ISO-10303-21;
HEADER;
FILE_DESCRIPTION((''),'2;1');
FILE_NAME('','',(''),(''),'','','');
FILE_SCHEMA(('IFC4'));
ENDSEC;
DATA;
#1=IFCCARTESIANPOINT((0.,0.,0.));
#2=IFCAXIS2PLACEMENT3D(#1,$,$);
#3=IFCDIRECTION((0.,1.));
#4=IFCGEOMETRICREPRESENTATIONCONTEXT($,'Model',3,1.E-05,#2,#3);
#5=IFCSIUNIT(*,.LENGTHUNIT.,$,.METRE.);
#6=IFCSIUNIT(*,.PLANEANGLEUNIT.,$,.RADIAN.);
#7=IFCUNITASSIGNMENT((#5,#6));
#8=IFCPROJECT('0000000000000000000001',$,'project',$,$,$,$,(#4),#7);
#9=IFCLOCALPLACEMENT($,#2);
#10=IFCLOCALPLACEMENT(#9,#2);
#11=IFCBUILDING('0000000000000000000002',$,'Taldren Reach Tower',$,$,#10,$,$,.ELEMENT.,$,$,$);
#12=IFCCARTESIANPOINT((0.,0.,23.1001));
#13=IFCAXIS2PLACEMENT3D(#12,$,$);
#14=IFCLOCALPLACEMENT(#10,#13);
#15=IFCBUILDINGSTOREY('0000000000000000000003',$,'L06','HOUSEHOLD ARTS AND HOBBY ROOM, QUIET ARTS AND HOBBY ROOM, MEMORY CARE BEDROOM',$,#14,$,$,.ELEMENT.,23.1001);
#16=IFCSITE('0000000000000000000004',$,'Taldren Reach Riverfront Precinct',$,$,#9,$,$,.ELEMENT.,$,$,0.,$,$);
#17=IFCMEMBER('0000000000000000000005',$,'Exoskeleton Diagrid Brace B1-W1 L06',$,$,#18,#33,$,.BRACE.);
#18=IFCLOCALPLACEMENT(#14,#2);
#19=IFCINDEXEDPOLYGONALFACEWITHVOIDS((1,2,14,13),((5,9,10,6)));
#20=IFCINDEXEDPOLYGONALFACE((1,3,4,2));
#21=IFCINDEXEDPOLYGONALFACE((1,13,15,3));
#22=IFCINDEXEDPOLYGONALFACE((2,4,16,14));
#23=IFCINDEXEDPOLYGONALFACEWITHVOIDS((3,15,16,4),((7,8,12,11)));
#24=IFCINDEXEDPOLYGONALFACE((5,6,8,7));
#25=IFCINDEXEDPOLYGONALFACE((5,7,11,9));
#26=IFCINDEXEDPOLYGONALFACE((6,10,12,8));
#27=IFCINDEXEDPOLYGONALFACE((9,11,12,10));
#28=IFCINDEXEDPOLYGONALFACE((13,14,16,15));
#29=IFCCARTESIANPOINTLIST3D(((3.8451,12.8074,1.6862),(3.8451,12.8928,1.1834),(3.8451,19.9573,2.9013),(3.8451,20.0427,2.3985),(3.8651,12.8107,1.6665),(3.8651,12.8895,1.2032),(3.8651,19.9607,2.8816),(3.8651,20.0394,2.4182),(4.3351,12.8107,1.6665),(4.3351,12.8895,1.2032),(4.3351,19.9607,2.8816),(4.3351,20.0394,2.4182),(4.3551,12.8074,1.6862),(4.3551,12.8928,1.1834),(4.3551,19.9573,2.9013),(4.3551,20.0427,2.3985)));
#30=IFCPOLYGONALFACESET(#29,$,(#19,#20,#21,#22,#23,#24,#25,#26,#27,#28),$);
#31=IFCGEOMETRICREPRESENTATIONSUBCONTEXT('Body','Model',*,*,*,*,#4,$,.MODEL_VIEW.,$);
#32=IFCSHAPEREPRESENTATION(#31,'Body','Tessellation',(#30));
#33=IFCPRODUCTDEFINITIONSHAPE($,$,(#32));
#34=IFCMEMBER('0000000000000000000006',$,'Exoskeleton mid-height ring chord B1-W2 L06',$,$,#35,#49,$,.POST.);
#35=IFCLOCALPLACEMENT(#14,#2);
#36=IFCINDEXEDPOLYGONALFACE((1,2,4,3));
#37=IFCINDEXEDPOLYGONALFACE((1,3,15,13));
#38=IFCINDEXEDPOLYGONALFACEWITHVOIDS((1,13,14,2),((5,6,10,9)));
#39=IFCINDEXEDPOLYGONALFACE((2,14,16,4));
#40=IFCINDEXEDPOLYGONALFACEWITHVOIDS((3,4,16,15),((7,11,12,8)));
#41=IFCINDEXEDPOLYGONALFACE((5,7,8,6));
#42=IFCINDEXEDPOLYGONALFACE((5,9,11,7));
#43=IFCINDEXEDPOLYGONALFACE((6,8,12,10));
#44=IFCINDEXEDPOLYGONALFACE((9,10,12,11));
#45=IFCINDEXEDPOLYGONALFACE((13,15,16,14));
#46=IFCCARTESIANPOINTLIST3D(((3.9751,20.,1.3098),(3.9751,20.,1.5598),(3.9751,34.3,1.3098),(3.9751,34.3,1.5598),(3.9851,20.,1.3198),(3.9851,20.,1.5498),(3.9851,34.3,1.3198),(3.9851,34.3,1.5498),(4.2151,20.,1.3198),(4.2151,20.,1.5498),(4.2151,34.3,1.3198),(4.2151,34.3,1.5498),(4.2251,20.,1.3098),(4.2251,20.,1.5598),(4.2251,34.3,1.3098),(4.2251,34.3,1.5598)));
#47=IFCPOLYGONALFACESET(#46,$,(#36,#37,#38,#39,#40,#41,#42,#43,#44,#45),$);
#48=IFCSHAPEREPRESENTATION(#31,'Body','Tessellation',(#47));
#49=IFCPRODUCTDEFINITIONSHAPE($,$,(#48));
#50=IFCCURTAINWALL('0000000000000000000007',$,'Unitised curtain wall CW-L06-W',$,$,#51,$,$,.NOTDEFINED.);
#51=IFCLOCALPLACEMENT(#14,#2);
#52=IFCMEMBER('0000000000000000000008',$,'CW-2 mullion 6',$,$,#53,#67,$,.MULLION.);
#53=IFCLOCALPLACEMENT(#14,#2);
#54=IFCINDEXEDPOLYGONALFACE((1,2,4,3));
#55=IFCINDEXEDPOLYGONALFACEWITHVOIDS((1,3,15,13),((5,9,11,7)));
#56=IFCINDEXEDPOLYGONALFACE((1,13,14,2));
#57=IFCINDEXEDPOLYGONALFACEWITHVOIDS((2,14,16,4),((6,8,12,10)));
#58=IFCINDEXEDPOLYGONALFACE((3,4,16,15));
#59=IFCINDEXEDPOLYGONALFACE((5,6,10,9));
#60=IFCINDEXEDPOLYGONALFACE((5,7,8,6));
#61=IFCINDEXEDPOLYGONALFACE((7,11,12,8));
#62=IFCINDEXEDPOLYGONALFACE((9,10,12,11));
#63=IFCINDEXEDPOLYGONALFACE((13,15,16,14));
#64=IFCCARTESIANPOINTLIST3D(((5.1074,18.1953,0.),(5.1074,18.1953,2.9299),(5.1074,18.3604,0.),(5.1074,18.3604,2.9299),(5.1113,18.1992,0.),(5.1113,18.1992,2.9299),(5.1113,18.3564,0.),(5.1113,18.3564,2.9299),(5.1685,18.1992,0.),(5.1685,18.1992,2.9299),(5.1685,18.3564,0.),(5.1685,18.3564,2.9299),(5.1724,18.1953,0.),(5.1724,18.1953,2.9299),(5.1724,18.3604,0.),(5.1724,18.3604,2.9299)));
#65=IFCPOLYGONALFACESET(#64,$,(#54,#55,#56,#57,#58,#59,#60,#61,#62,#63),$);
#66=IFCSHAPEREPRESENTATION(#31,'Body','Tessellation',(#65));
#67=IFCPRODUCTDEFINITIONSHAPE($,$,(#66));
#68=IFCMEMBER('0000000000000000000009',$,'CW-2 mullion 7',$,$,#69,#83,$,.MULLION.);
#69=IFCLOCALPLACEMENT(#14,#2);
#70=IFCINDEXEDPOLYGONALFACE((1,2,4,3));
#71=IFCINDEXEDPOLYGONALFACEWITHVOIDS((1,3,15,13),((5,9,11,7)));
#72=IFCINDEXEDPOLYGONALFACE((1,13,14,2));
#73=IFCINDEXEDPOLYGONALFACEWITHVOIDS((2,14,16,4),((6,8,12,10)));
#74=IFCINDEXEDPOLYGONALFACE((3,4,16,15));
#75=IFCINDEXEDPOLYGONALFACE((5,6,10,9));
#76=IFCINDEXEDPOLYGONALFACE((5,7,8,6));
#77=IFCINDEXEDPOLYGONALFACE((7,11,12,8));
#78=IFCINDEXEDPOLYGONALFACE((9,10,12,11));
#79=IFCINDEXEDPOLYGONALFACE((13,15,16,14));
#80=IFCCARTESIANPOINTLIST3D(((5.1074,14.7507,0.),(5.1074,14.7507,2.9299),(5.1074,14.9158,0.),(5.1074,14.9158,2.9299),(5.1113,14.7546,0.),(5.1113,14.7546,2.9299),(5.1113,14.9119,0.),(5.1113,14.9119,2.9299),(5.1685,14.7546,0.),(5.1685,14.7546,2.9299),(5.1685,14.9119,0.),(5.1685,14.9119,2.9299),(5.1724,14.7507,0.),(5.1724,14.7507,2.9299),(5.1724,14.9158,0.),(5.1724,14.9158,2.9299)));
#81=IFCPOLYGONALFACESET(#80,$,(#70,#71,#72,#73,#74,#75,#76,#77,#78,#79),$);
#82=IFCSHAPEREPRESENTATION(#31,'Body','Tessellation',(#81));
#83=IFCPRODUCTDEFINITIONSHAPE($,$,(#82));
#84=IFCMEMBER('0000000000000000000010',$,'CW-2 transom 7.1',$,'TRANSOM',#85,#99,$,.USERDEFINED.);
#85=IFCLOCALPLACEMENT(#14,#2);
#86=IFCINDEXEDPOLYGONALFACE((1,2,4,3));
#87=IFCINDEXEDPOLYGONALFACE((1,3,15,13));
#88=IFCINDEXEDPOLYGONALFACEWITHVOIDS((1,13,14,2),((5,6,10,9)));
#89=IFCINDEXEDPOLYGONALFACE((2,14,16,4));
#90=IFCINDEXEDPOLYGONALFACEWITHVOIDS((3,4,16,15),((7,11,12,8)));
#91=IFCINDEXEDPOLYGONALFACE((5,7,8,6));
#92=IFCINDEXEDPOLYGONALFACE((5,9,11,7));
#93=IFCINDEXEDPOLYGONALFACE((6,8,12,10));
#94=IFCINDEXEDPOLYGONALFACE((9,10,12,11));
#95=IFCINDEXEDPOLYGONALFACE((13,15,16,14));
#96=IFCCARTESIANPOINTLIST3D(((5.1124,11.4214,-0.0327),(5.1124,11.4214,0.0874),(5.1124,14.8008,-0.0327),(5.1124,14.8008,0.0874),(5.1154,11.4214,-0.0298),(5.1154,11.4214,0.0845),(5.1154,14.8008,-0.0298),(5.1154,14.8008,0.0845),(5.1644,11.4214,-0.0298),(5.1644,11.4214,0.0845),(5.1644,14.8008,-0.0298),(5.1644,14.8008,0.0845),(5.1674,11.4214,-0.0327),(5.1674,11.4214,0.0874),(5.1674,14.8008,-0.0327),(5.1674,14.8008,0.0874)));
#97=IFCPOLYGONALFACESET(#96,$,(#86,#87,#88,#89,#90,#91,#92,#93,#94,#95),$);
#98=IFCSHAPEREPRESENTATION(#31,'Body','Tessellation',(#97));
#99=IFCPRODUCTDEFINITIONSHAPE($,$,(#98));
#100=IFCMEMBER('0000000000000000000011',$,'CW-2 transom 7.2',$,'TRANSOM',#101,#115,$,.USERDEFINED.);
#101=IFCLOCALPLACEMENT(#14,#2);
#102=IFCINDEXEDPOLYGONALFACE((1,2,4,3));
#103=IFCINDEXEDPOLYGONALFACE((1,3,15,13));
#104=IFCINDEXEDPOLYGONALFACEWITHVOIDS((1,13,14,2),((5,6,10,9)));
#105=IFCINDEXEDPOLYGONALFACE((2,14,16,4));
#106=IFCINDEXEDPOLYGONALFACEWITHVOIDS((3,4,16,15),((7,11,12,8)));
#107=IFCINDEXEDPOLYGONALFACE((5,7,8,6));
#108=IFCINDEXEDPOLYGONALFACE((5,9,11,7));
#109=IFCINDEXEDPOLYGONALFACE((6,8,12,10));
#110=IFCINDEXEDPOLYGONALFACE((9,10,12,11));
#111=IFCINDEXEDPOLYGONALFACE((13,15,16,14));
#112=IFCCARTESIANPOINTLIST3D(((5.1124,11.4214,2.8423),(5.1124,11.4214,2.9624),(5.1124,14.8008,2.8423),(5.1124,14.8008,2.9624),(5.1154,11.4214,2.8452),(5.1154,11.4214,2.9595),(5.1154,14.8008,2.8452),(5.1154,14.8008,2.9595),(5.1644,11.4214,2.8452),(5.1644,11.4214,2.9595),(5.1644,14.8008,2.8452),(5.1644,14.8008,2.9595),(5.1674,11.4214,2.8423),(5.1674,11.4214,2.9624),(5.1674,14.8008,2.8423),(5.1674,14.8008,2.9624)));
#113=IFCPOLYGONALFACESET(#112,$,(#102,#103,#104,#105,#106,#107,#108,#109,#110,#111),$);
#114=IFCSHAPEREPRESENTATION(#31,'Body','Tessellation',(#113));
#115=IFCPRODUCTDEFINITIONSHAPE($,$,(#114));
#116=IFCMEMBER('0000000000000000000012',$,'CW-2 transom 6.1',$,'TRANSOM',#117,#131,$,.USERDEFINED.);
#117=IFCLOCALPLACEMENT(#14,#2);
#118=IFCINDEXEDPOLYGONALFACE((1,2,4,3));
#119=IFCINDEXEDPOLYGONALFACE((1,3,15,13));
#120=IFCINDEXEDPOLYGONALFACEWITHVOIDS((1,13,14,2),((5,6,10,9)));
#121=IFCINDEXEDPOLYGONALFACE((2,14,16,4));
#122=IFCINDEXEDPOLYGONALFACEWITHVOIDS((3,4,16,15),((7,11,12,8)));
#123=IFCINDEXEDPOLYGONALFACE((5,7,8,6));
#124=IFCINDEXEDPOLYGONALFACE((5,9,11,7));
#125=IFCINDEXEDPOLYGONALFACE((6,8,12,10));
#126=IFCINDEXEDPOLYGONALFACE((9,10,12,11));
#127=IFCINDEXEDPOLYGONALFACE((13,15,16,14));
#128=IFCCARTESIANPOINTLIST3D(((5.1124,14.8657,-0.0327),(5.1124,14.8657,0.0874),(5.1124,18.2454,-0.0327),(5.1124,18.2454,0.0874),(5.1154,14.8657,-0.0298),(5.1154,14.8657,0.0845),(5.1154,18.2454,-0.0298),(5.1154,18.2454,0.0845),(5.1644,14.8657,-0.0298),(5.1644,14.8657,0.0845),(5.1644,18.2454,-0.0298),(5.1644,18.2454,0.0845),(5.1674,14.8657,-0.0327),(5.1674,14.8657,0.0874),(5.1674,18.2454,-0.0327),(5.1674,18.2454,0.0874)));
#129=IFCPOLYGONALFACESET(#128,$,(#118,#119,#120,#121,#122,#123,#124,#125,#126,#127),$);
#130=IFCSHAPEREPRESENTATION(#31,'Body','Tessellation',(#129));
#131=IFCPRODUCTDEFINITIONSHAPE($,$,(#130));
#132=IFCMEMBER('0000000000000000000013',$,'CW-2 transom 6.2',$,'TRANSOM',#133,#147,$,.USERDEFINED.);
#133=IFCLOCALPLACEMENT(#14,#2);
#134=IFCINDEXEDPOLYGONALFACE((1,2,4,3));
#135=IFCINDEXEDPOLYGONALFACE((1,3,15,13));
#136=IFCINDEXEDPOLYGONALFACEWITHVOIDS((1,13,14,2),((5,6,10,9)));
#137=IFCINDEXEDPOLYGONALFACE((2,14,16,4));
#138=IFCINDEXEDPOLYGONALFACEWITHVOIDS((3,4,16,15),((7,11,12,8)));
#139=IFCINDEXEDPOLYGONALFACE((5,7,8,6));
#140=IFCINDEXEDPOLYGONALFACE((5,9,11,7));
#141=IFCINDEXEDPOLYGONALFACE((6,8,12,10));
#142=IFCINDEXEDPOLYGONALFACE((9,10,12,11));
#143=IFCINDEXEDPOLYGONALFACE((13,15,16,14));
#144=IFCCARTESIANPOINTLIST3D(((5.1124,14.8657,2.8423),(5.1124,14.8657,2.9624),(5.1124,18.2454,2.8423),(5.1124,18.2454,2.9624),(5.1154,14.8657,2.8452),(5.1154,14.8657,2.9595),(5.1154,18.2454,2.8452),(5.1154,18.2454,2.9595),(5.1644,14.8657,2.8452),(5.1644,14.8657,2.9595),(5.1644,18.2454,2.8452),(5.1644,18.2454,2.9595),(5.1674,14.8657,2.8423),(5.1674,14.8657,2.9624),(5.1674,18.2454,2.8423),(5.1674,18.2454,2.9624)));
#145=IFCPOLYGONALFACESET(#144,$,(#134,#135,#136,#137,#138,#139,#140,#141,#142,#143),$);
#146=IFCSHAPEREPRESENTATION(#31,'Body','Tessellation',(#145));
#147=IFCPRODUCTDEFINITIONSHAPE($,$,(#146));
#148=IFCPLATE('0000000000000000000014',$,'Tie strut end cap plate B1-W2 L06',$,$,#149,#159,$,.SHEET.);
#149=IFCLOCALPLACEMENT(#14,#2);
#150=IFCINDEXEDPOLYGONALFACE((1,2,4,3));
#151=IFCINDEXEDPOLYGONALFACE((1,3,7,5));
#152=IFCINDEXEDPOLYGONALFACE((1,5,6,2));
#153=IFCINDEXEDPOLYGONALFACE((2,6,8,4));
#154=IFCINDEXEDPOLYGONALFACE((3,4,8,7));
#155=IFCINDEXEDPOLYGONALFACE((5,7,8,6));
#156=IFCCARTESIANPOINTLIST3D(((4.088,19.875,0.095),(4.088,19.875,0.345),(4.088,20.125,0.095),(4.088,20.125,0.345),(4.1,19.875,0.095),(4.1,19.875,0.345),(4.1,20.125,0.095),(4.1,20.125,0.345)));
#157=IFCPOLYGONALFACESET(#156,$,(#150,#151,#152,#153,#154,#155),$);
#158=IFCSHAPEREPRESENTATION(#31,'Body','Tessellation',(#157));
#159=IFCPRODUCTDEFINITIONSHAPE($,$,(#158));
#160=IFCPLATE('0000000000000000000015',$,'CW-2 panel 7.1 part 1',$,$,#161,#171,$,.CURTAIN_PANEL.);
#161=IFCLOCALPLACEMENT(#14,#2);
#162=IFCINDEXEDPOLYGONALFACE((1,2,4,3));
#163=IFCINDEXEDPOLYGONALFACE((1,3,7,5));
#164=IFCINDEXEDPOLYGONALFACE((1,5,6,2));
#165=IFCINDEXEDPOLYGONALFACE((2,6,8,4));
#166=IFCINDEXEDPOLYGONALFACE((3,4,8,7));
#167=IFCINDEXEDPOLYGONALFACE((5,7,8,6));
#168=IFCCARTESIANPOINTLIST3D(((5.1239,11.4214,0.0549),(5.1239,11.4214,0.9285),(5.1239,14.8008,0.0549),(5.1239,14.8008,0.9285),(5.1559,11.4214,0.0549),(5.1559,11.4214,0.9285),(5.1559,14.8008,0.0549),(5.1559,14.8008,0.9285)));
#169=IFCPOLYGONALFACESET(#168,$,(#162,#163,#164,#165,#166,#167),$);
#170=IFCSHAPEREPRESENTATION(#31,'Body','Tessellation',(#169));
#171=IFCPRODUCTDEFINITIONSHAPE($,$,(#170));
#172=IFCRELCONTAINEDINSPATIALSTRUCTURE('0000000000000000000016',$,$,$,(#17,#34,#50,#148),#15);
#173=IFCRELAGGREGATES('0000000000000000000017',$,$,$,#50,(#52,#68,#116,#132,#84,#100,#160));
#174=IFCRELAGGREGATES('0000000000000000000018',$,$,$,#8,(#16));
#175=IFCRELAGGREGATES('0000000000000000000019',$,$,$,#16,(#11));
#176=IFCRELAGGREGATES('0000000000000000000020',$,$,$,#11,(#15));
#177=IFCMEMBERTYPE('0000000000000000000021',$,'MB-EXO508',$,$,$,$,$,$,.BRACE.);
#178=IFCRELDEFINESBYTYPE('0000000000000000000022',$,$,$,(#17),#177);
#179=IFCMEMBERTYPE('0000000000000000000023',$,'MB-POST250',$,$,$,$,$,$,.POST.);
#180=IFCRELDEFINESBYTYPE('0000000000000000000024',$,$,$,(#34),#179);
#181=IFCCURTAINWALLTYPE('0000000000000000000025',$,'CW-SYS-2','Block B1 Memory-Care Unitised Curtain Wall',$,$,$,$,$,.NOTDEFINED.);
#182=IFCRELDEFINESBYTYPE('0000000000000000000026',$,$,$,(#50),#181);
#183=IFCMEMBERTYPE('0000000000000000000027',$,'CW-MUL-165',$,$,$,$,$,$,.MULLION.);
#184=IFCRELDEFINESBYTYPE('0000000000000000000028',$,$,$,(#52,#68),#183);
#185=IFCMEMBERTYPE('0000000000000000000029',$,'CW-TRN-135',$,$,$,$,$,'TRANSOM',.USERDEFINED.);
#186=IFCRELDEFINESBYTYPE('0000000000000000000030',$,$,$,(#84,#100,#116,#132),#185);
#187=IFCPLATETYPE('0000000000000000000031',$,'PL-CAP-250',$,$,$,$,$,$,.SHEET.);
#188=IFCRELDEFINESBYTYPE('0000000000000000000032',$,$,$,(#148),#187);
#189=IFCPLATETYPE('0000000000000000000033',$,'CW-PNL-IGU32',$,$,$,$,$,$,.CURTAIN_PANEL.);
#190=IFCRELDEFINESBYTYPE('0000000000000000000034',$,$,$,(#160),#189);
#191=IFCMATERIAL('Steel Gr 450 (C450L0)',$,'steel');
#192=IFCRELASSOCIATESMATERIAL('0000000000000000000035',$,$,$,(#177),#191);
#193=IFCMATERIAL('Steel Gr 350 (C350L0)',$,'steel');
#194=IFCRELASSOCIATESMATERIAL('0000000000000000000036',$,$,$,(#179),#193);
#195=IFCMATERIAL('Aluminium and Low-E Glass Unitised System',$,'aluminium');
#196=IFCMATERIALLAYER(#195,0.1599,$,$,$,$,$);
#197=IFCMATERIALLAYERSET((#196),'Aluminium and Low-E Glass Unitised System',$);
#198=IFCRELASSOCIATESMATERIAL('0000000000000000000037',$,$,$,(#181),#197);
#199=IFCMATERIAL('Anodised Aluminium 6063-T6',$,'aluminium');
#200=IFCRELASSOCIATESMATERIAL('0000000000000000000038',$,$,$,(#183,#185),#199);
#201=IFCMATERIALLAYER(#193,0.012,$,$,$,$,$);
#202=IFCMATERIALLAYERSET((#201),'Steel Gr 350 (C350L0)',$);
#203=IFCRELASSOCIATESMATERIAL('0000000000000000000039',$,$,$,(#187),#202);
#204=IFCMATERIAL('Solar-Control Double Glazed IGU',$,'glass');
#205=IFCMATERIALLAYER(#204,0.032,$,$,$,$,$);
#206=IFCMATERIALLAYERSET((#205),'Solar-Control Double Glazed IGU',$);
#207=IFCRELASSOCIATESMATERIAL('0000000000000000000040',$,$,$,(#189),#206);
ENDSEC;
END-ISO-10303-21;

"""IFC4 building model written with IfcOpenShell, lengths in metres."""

from ifc_helpers import new_model, si_unit, direction, frame, origin, origin_2d, place, context, subcontext, project, spatial, rectangle, hollow_rectangle, extrude, source, transform, mapped, material, layer, layer_set, material_profile, profile_set, type_object, element, aggregate, save


model = new_model("IFC4")

# Units and contexts
model_context = context("Model", 3, precision=1e-05, world=origin(), true_north=direction((0.0, 1.0)))
body_context = subcontext(model_context, "Body", "Model", "MODEL_VIEW")
ifc_project = project(units=[si_unit("LENGTHUNIT", "METRE"), si_unit("PLANEANGLEUNIT", "RADIAN")], contexts=[model_context])

# Site, building, storey
site_placement = place(None, origin())
site = spatial("IfcSite", under=ifc_project, at=site_placement, Name="Taldren Reach Riverfront Precinct", CompositionType="ELEMENT", RefElevation=0.0)
building_placement = place(site_placement, origin())
building = spatial("IfcBuilding", under=site, at=building_placement, Name="Taldren Reach Tower", CompositionType="ELEMENT")
storey_placement = place(building_placement, frame((0.0, 0.0, 23.1001)))
storey = spatial("IfcBuildingStorey", under=building, at=storey_placement, Name="L06", Description="HOUSEHOLD ARTS AND HOBBY ROOM, QUIET ARTS AND HOBBY ROOM, MEMORY CARE BEDROOM", CompositionType="ELEMENT", Elevation=23.1001)

# Members
ifc_material_1 = material(Name="Steel Gr 450 (C450L0)", Category="steel")
ifc_material_profile_1 = material_profile(ifc_material_1, hollow_rectangle(XDim=0.51, YDim=0.51, WallThickness=0.02, at=origin_2d()), Name="510x510x20.0SHS")
ifc_profile_set_1 = profile_set([ifc_material_profile_1], Name="Steel Gr 450 (C450L0)")
member_type_1 = type_object("IfcMemberType", Name="MB-EXO508", PredefinedType="BRACE", material=ifc_profile_set_1)
shared_shape_1 = source(origin(), body_context, "Body", "SweptSolid", [
    extrude(hollow_rectangle(XDim=0.51, YDim=0.51, WallThickness=0.02, at=origin_2d()), origin(), (0.0, 0.0, 1.0), 7.2524),
])
member_1_placement = place(storey_placement, frame((4.1001, 12.8501, 1.4348), z_axis=(0.0, 0.985865, 0.167542), x_axis=(-1.0, 0.0, 0.0)))
element("IfcMember", 1, at=member_1_placement, inside=storey, type_object=member_type_1, Name="Exoskeleton Diagrid Brace B1-W1 L06", PredefinedType="BRACE", context=body_context, shape_type="MappedRepresentation", body=[
    mapped(shared_shape_1, transform((0.0, 0.0, 0.0), scale=1.0)),
])
ifc_material_2 = material(Name="Steel Gr 350 (C350L0)", Category="steel")
ifc_material_profile_2 = material_profile(ifc_material_2, hollow_rectangle(XDim=0.25, YDim=0.25, WallThickness=0.01, at=origin_2d()), Name="250x250x10.0SHS")
ifc_profile_set_2 = profile_set([ifc_material_profile_2], Name="Steel Gr 350 (C350L0)")
member_type_2 = type_object("IfcMemberType", Name="MB-POST250", PredefinedType="POST", material=ifc_profile_set_2)
shared_shape_2 = source(origin(), body_context, "Body", "SweptSolid", [
    extrude(hollow_rectangle(XDim=0.25, YDim=0.25, WallThickness=0.01, at=origin_2d()), origin(), (0.0, 0.0, 1.0), 14.3),
])
member_2_placement = place(storey_placement, frame((4.1001, 20.0, 1.4348), z_axis=(0.0, 1.0, 0.0), x_axis=(-1.0, 0.0, 0.0)))
element("IfcMember", 2, at=member_2_placement, inside=storey, type_object=member_type_2, Name="Exoskeleton mid-height ring chord B1-W2 L06", PredefinedType="POST", context=body_context, shape_type="MappedRepresentation", body=[
    mapped(shared_shape_2, transform((0.0, 0.0, 0.0), scale=1.0)),
])

# Curtain wall, members
ifc_material_3 = material(Name="Aluminium and Low-E Glass Unitised System", Category="aluminium")
ifc_layer_1 = layer(ifc_material_3, 0.1599)
ifc_layer_set_1 = layer_set([ifc_layer_1], Name="Aluminium and Low-E Glass Unitised System")
curtain_wall_type = type_object("IfcCurtainWallType", Name="CW-SYS-2", Description="Block B1 Memory-Care Unitised Curtain Wall", PredefinedType="NOTDEFINED", material=ifc_layer_set_1)
curtain_wall_placement = place(storey_placement, origin())
curtain_wall = element("IfcCurtainWall", 3, at=curtain_wall_placement, inside=storey, type_object=curtain_wall_type, Name="Unitised curtain wall CW-L06-W", PredefinedType="NOTDEFINED")
ifc_material_4 = material(Name="Anodised Aluminium 6063-T6", Category="aluminium")
ifc_material_profile_3 = material_profile(ifc_material_4, hollow_rectangle(XDim=0.0649, YDim=0.165, WallThickness=0.0039, at=origin_2d()), Name="ALU-165x65x4RHS")
ifc_profile_set_3 = profile_set([ifc_material_profile_3], Name="Anodised Aluminium 6063-T6")
member_type_3 = type_object("IfcMemberType", Name="CW-MUL-165", PredefinedType="MULLION", material=ifc_profile_set_3)
shared_shape_3 = source(origin(), body_context, "Body", "SweptSolid", [
    extrude(hollow_rectangle(XDim=0.0649, YDim=0.165, WallThickness=0.0039, at=origin_2d()), origin(), (0.0, 0.0, 1.0), 2.9299),
])
member_3_placement = place(storey_placement, frame((5.1399, 18.2778, 0.0), z_axis=(0.0, 0.0, 1.0), x_axis=(1.0, 0.0, 0.0)))
member_3 = element("IfcMember", 4, at=member_3_placement, type_object=member_type_3, Name="CW-2 mullion 6", PredefinedType="MULLION", context=body_context, shape_type="MappedRepresentation", body=[
    mapped(shared_shape_3, transform((0.0, 0.0, 0.0), scale=1.0)),
])
member_4_placement = place(storey_placement, frame((5.1399, 14.8333, 0.0), z_axis=(0.0, 0.0, 1.0), x_axis=(1.0, 0.0, 0.0)))
member_4 = element("IfcMember", 5, at=member_4_placement, type_object=member_type_3, Name="CW-2 mullion 7", PredefinedType="MULLION", context=body_context, shape_type="MappedRepresentation", body=[
    mapped(shared_shape_3, transform((0.0, 0.0, 0.0), scale=1.0)),
])
ifc_material_profile_4 = material_profile(ifc_material_4, hollow_rectangle(XDim=0.0549, YDim=0.1201, WallThickness=0.0029, at=origin_2d()), Name="ALU-120x55x3RHS")
ifc_profile_set_4 = profile_set([ifc_material_profile_4], Name="Anodised Aluminium 6063-T6")
member_type_4 = type_object("IfcMemberType", Name="CW-TRN-135", ElementType="TRANSOM", PredefinedType="USERDEFINED", material=ifc_profile_set_4)
shared_shape_4 = source(origin(), body_context, "Body", "SweptSolid", [
    extrude(hollow_rectangle(XDim=0.0549, YDim=0.1201, WallThickness=0.0029, at=origin_2d()), origin(), (0.0, 0.0, 1.0), 3.3794),
])
member_5_placement = place(storey_placement, frame((5.1399, 14.8008, 0.0273), z_axis=(0.0, -1.0, 0.0), x_axis=(1.0, 0.0, 0.0)))
member_5 = element("IfcMember", 6, at=member_5_placement, type_object=member_type_4, Name="CW-2 transom 7.1", ObjectType="TRANSOM", PredefinedType="USERDEFINED", context=body_context, shape_type="MappedRepresentation", body=[
    mapped(shared_shape_4, transform((0.0, 0.0, 0.0), scale=1.0)),
])
member_6_placement = place(storey_placement, frame((5.1399, 14.8008, 2.9023), z_axis=(0.0, -1.0, 0.0), x_axis=(1.0, 0.0, 0.0)))
member_6 = element("IfcMember", 7, at=member_6_placement, type_object=member_type_4, Name="CW-2 transom 7.2", ObjectType="TRANSOM", PredefinedType="USERDEFINED", context=body_context, shape_type="MappedRepresentation", body=[
    mapped(shared_shape_4, transform((0.0, 0.0, 0.0), scale=1.0)),
])
shared_shape_5 = source(origin(), body_context, "Body", "SweptSolid", [
    extrude(hollow_rectangle(XDim=0.0549, YDim=0.1201, WallThickness=0.0029, at=origin_2d()), origin(), (0.0, 0.0, 1.0), 3.3796),
])
member_7_placement = place(storey_placement, frame((5.1399, 18.2454, 0.0273), z_axis=(0.0, -1.0, 0.0), x_axis=(1.0, 0.0, 0.0)))
member_7 = element("IfcMember", 8, at=member_7_placement, type_object=member_type_4, Name="CW-2 transom 6.1", ObjectType="TRANSOM", PredefinedType="USERDEFINED", context=body_context, shape_type="MappedRepresentation", body=[
    mapped(shared_shape_5, transform((0.0, 0.0, 0.0), scale=1.0)),
])
member_8_placement = place(storey_placement, frame((5.1399, 18.2454, 2.9023), z_axis=(0.0, -1.0, 0.0), x_axis=(1.0, 0.0, 0.0)))
member_8 = element("IfcMember", 9, at=member_8_placement, type_object=member_type_4, Name="CW-2 transom 6.2", ObjectType="TRANSOM", PredefinedType="USERDEFINED", context=body_context, shape_type="MappedRepresentation", body=[
    mapped(shared_shape_5, transform((0.0, 0.0, 0.0), scale=1.0)),
])

# Plates
ifc_layer_2 = layer(ifc_material_2, 0.012)
ifc_layer_set_2 = layer_set([ifc_layer_2], Name="Steel Gr 350 (C350L0)")
plate_type_1 = type_object("IfcPlateType", Name="PL-CAP-250", PredefinedType="SHEET", material=ifc_layer_set_2)
shared_shape_6 = source(origin(), body_context, "Body", "SweptSolid", [
    extrude(rectangle(XDim=0.012, YDim=0.25, at=origin_2d()), origin(), (0.0, 0.0, 1.0), 0.25),
])
plate_1_placement = place(storey_placement, frame((4.094, 20.0, 0.095), z_axis=(0.0, 0.0, 1.0), x_axis=(1.0, 0.0, 0.0)))
element("IfcPlate", 10, at=plate_1_placement, inside=storey, type_object=plate_type_1, Name="Tie strut end cap plate B1-W2 L06", PredefinedType="SHEET", context=body_context, shape_type="MappedRepresentation", body=[
    mapped(shared_shape_6, transform((0.0, 0.0, 0.0), scale=1.0)),
])
ifc_material_5 = material(Name="Solar-Control Double Glazed IGU", Category="glass")
ifc_layer_3 = layer(ifc_material_5, 0.032)
ifc_layer_set_3 = layer_set([ifc_layer_3], Name="Solar-Control Double Glazed IGU")
plate_type_2 = type_object("IfcPlateType", Name="CW-PNL-IGU32", PredefinedType="CURTAIN_PANEL", material=ifc_layer_set_3)
shared_shape_7 = source(origin(), body_context, "Body", "SweptSolid", [
    extrude(rectangle(XDim=3.3794, YDim=0.032, at=origin_2d()), origin(), (0.0, 0.0, 1.0), 0.8735),
])
plate_2_placement = place(storey_placement, frame((5.1399, 13.1111, 0.0549), z_axis=(0.0, 0.0, 1.0), x_axis=(0.0, -1.0, 0.0)))
plate_2 = element("IfcPlate", 11, at=plate_2_placement, type_object=plate_type_2, Name="CW-2 panel 7.1 part 1", PredefinedType="CURTAIN_PANEL", context=body_context, shape_type="MappedRepresentation", body=[
    mapped(shared_shape_7, transform((0.0, 0.0, 0.0), scale=1.0)),
])
aggregate(curtain_wall, [member_3, member_4, member_7, member_8, member_5, member_6, plate_2])

save(model, "model.ifc")
